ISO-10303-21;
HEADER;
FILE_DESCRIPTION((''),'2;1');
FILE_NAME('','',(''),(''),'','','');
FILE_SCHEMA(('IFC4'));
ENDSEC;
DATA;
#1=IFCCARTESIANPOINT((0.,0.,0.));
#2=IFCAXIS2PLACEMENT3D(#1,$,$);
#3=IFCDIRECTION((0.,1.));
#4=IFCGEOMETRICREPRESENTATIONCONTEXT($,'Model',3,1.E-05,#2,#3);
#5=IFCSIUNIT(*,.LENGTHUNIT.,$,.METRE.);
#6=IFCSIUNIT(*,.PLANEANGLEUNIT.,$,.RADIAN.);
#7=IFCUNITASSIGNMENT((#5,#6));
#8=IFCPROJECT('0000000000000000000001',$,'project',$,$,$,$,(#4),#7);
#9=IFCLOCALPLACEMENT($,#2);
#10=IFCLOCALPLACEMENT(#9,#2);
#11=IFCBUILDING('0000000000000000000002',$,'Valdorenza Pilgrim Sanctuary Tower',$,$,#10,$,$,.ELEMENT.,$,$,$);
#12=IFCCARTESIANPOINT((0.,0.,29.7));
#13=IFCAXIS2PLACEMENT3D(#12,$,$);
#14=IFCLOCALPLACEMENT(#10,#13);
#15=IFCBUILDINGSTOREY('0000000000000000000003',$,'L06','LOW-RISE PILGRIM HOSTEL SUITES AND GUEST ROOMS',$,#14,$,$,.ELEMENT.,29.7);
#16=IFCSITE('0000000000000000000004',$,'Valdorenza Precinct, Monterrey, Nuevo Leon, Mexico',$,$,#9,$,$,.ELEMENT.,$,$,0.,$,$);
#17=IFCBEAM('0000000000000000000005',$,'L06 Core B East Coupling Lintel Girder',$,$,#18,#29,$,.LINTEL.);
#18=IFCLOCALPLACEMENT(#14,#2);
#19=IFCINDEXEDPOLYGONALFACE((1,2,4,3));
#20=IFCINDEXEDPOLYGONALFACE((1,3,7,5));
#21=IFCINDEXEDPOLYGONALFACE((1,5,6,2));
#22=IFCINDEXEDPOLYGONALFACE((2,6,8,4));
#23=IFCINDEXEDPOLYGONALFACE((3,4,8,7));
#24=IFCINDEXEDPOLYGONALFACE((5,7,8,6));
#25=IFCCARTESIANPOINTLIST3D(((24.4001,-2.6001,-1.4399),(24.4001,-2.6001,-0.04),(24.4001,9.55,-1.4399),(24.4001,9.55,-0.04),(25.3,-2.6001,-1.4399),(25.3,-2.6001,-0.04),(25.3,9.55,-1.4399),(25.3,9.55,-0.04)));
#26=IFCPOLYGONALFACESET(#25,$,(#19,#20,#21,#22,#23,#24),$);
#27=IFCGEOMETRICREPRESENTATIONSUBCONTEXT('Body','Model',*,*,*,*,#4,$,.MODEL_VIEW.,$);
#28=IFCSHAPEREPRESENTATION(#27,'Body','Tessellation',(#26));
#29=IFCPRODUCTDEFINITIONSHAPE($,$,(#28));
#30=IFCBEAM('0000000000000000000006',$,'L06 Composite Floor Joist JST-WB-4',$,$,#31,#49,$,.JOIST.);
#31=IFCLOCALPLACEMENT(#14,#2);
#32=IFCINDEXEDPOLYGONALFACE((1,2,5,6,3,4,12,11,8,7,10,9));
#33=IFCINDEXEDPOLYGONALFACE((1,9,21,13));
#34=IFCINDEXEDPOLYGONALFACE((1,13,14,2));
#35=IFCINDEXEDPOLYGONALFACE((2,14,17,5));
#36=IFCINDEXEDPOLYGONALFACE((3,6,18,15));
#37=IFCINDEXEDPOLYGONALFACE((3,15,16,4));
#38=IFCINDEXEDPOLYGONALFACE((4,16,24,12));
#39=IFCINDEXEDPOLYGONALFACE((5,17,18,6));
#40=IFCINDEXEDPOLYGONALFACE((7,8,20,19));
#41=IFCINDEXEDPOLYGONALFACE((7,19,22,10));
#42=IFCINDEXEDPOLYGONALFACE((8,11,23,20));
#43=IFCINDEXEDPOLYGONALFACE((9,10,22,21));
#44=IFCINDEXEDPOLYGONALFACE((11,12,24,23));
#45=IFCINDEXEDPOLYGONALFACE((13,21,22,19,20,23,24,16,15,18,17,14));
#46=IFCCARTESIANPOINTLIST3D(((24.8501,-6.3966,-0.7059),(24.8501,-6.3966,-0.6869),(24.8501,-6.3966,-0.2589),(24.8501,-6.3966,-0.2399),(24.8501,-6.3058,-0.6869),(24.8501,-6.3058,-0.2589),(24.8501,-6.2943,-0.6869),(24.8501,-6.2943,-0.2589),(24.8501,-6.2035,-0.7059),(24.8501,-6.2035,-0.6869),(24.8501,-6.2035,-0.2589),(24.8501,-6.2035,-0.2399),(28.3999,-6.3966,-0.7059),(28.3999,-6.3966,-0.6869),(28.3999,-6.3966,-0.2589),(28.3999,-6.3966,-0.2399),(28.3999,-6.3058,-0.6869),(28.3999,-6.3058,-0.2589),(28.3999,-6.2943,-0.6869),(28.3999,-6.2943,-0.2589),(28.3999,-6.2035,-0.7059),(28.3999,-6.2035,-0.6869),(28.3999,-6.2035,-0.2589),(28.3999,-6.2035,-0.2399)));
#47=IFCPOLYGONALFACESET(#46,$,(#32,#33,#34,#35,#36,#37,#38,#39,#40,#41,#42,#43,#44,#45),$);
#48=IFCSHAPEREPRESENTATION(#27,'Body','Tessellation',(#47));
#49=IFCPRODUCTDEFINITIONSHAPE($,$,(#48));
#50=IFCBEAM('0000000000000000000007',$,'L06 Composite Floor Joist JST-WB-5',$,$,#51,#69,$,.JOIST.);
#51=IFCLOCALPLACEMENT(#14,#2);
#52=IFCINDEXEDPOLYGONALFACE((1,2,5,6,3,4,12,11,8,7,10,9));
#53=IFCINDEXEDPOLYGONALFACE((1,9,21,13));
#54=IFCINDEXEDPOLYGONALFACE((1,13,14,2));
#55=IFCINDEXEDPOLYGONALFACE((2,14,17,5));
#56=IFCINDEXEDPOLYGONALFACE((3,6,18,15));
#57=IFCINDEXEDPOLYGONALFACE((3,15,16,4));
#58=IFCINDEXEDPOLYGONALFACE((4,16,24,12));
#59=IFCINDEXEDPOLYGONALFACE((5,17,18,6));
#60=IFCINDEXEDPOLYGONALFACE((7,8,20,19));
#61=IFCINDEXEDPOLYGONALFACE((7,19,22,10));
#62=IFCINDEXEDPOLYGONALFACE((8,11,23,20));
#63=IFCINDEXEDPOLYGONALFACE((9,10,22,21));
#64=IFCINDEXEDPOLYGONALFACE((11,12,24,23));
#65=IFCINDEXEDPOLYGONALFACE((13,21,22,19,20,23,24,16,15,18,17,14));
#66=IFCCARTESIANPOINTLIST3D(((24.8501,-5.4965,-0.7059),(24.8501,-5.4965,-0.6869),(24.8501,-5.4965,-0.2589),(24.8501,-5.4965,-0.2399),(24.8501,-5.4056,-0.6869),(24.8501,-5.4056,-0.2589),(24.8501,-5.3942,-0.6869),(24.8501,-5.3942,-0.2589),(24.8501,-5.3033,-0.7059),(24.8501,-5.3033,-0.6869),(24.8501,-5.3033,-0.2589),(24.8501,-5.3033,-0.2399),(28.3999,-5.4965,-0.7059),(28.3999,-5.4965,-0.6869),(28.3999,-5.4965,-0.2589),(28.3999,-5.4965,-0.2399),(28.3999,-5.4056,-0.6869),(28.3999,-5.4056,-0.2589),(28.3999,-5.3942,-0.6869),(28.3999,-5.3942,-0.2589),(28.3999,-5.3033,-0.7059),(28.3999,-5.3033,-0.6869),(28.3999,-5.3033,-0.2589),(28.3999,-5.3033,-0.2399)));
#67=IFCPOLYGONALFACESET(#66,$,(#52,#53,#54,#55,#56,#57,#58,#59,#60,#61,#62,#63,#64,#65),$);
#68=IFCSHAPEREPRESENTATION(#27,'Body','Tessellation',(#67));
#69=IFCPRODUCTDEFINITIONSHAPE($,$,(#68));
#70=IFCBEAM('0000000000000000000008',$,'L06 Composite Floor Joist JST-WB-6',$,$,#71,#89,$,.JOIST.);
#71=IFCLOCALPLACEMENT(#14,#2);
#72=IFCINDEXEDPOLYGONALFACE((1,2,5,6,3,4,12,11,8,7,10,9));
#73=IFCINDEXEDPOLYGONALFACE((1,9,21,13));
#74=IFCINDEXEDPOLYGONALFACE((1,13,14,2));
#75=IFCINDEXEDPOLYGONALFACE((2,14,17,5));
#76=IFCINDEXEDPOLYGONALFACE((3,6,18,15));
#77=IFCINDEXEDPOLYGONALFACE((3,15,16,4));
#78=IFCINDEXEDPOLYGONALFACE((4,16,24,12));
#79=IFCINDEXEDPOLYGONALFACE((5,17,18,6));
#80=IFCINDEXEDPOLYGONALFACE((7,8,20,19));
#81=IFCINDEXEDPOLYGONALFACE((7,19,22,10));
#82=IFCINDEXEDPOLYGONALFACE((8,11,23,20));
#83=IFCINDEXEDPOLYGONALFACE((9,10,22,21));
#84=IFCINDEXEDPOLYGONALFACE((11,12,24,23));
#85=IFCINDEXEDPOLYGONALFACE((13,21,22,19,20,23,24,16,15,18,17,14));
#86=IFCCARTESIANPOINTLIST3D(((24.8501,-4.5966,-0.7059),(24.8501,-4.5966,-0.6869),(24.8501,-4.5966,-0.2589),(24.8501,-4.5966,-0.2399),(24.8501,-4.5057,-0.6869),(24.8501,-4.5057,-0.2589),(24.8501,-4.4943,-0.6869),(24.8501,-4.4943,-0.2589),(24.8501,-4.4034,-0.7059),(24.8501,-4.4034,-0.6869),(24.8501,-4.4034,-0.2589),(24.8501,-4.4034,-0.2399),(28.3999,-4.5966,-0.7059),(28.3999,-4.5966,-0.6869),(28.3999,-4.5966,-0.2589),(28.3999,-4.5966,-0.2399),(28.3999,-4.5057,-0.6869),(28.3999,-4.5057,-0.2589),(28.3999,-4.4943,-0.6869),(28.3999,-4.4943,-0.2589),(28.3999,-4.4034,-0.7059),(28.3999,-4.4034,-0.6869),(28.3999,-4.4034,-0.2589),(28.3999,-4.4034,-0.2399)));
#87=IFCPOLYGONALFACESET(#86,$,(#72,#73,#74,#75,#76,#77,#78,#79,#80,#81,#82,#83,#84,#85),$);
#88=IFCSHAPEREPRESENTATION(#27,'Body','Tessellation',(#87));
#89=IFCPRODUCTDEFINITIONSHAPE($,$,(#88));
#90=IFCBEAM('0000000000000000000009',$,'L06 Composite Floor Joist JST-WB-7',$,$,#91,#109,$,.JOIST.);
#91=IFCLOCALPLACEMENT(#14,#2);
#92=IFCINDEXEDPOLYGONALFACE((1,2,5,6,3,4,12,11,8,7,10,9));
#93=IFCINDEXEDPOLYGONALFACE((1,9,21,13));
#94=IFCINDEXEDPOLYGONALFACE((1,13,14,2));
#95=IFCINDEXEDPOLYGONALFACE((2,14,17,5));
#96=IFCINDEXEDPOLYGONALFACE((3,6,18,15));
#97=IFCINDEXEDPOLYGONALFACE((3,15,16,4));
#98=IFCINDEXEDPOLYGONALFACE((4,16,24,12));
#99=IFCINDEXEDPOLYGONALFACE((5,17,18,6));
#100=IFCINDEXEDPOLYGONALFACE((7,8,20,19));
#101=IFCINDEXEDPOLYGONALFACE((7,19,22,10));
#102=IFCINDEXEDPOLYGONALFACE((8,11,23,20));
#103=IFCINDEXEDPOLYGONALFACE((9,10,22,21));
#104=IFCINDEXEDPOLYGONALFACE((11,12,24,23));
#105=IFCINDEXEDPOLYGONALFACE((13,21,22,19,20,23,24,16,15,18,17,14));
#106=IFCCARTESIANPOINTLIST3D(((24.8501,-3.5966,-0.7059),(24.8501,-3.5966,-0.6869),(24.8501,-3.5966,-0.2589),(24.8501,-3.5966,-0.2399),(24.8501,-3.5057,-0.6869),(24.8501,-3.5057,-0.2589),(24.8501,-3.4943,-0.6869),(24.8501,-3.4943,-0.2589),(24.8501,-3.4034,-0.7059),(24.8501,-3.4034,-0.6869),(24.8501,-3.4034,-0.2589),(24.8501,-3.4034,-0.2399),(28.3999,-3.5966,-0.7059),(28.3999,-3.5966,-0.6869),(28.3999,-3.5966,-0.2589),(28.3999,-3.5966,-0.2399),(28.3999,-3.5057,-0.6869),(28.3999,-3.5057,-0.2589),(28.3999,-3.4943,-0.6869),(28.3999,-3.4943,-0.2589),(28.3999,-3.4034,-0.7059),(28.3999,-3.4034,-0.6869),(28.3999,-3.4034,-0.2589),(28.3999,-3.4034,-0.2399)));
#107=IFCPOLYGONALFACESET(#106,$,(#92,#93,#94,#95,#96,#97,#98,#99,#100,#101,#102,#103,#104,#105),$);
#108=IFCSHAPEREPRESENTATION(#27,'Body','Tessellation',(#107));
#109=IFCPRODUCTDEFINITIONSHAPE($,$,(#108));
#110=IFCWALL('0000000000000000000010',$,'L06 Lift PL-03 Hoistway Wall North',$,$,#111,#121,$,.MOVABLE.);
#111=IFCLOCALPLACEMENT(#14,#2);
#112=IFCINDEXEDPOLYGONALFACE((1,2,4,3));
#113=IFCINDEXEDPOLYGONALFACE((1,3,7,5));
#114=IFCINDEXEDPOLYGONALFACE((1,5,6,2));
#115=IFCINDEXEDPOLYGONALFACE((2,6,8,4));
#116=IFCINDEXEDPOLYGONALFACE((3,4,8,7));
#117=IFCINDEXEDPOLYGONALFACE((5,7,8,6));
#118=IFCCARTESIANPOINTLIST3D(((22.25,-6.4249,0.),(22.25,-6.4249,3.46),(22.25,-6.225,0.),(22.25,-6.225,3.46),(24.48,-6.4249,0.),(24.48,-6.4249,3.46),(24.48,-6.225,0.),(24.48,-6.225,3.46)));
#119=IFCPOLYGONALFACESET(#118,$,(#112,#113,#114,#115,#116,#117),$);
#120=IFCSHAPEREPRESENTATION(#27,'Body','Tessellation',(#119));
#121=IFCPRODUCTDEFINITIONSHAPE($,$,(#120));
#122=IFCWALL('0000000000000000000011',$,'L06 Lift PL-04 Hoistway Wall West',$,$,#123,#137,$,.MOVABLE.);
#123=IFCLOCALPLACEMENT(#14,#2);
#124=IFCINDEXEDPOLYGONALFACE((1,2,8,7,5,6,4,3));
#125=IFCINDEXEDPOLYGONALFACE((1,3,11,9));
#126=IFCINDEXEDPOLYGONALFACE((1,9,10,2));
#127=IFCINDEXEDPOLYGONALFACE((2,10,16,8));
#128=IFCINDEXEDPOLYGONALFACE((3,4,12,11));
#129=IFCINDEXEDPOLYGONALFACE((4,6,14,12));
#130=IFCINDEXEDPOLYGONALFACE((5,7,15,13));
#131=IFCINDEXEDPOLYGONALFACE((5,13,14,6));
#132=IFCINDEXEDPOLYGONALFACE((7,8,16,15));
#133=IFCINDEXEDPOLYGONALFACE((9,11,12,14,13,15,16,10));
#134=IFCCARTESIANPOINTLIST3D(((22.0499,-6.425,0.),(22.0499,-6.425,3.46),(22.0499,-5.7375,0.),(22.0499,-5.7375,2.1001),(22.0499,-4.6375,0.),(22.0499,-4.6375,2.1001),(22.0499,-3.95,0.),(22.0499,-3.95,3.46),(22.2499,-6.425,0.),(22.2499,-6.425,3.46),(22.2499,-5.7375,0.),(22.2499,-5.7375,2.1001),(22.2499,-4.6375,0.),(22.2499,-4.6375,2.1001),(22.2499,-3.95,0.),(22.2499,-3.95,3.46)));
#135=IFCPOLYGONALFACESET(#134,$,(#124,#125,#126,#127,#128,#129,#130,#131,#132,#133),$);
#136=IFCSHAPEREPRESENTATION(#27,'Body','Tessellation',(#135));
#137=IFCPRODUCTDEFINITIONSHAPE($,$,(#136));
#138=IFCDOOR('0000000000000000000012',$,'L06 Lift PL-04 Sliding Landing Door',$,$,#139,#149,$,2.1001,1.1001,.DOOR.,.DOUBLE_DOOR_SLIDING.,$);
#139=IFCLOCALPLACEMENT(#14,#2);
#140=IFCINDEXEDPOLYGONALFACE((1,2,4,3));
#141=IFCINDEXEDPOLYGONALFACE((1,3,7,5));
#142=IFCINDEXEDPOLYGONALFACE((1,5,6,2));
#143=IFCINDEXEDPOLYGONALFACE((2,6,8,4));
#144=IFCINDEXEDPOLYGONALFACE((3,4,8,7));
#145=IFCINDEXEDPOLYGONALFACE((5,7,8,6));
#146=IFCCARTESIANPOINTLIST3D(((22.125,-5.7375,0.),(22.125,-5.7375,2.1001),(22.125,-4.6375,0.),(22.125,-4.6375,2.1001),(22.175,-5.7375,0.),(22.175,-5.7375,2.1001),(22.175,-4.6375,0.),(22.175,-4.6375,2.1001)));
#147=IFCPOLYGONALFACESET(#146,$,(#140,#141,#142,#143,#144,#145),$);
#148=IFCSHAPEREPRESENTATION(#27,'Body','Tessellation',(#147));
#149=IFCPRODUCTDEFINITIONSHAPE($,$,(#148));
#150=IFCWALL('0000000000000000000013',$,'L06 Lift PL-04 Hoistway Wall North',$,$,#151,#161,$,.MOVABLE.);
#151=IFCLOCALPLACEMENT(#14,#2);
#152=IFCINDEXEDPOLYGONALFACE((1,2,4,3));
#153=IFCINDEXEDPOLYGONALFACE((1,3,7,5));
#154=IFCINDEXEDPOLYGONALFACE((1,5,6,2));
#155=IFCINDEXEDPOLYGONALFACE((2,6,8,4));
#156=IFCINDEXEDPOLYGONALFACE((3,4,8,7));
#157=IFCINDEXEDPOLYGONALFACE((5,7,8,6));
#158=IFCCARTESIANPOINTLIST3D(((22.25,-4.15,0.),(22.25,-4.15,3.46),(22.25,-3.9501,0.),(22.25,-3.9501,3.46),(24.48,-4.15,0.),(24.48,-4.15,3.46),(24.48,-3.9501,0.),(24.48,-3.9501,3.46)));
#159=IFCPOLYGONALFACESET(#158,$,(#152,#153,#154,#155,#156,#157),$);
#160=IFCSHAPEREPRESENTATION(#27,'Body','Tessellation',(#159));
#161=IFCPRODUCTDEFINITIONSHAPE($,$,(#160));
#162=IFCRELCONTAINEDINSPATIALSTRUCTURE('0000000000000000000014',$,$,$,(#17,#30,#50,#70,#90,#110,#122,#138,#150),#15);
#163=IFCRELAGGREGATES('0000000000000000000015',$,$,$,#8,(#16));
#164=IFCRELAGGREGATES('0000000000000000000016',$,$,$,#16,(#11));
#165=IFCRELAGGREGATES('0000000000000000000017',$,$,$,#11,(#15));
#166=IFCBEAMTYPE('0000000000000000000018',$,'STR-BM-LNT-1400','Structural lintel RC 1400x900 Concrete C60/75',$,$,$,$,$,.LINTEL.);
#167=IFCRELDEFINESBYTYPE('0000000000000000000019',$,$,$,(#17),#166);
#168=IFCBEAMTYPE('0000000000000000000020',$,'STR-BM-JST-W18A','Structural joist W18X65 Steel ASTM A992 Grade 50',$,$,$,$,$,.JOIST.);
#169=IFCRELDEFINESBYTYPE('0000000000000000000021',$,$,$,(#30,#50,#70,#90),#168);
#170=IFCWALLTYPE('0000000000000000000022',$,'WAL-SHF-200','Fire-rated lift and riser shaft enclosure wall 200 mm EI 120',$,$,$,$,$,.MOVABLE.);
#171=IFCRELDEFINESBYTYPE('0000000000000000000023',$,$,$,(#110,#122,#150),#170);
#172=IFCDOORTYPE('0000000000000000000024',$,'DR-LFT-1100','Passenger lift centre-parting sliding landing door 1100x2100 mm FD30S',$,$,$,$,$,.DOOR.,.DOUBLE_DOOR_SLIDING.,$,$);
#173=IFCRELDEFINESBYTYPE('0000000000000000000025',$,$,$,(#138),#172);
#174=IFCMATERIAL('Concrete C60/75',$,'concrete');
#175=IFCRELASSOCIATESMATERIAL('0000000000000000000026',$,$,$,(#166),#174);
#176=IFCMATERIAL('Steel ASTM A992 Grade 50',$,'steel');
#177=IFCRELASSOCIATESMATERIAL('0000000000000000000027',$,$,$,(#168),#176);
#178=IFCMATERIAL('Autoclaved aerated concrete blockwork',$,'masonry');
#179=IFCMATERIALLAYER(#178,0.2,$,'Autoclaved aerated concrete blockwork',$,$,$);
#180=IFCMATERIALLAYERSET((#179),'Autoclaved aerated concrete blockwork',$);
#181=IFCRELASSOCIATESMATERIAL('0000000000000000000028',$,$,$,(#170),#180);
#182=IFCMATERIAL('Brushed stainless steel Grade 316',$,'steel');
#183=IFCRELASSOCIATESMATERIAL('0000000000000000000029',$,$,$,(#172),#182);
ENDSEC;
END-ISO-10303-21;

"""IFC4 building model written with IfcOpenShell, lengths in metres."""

from ifc_helpers import new_model, si_unit, direction, frame, frame_2d, origin, origin_2d, place, context, subcontext, project, spatial, rectangle, i_section, extrude, source, transform, mapped, material, layer, layer_set, material_profile, profile_set, type_object, element, fill, save


model = new_model("IFC4")

# Units and contexts
model_context = context("Model", 3, precision=1e-05, world=origin(), true_north=direction((0.0, 1.0)))
body_context = subcontext(model_context, "Body", "Model", "MODEL_VIEW")
ifc_project = project(units=[si_unit("LENGTHUNIT", "METRE"), si_unit("PLANEANGLEUNIT", "RADIAN")], contexts=[model_context])

# Site, building, storey
site_placement = place(None, origin())
site = spatial("IfcSite", under=ifc_project, at=site_placement, Name="Valdorenza Precinct, Monterrey, Nuevo Leon, Mexico", CompositionType="ELEMENT", RefElevation=0.0)
building_placement = place(site_placement, origin())
building = spatial("IfcBuilding", under=site, at=building_placement, Name="Valdorenza Pilgrim Sanctuary Tower", CompositionType="ELEMENT")
storey_placement = place(building_placement, frame((0.0, 0.0, 29.7)))
storey = spatial("IfcBuildingStorey", under=building, at=storey_placement, Name="L06", Description="LOW-RISE PILGRIM HOSTEL SUITES AND GUEST ROOMS", CompositionType="ELEMENT", Elevation=29.7)

# Beams
ifc_material_1 = material(Name="Concrete C60/75", Category="concrete")
ifc_material_profile_1 = material_profile(ifc_material_1, rectangle(XDim=0.8999, YDim=1.3999, at=origin_2d()), Name="RC 1400x900")
ifc_profile_set_1 = profile_set([ifc_material_profile_1], Name="Concrete C60/75")
beam_type_1 = type_object("IfcBeamType", Name="STR-BM-LNT-1400", Description="Structural lintel RC 1400x900 Concrete C60/75", PredefinedType="LINTEL", material=ifc_profile_set_1)
shared_shape_1 = source(origin(), body_context, "Body", "SweptSolid", [
    extrude(rectangle(XDim=0.8999, YDim=1.3999, at=origin_2d()), origin(), (0.0, 0.0, 1.0), 12.1501),
])
beam_placement = place(storey_placement, frame((24.8501, -2.6001, -0.74), z_axis=(0.0, 1.0, 0.0), x_axis=(-1.0, 0.0, 0.0)))
element("IfcBeam", 1, at=beam_placement, inside=storey, type_object=beam_type_1, Name="L06 Core B East Coupling Lintel Girder", PredefinedType="LINTEL", context=body_context, shape_type="MappedRepresentation", body=[
    mapped(shared_shape_1, transform((0.0, 0.0, 0.0), x_axis=(1.0, 0.0, 0.0), y_axis=(0.0, 1.0, 0.0), z_axis=(0.0, 0.0, 1.0), scale=1.0)),
])
ifc_material_2 = material(Name="Steel ASTM A992 Grade 50", Category="steel")
ifc_material_profile_2 = material_profile(ifc_material_2, i_section(OverallWidth=0.1931, OverallDepth=0.4661, WebThickness=0.0115, FlangeThickness=0.019, at=origin_2d()), Name="W18X65")
ifc_profile_set_2 = profile_set([ifc_material_profile_2], Name="Steel ASTM A992 Grade 50")
beam_type_2 = type_object("IfcBeamType", Name="STR-BM-JST-W18A", Description="Structural joist W18X65 Steel ASTM A992 Grade 50", PredefinedType="JOIST", material=ifc_profile_set_2)
shared_shape_2 = source(origin(), body_context, "Body", "SweptSolid", [
    extrude(i_section(OverallWidth=0.1931, OverallDepth=0.4661, WebThickness=0.0115, FlangeThickness=0.019, at=origin_2d()), origin(), (0.0, 0.0, 1.0), 3.5498),
])
for number, where, z_axis, x_axis, name in (
    (2, (24.8501, -6.3, -0.4729), (1.0, 0.0, 0.0), (0.0, 1.0, 0.0), "L06 Composite Floor Joist JST-WB-4"),
    (3, (24.8501, -5.3999, -0.4729), (1.0, 0.0, 0.0), (0.0, 1.0, 0.0), "L06 Composite Floor Joist JST-WB-5"),
    (4, (24.8501, -4.5, -0.4729), (1.0, 0.0, 0.0), (0.0, 1.0, 0.0), "L06 Composite Floor Joist JST-WB-6"),
    (5, (24.8501, -3.5, -0.4729), (1.0, 0.0, 0.0), (0.0, 1.0, 0.0), "L06 Composite Floor Joist JST-WB-7"),
):
    element("IfcBeam", number, at=place(storey_placement, frame(where, z_axis=z_axis, x_axis=x_axis)), inside=storey, type_object=beam_type_2, Name=name, PredefinedType="JOIST", context=body_context, shape_type="MappedRepresentation", body=[
        mapped(shared_shape_2, transform((0.0, 0.0, 0.0), x_axis=(1.0, 0.0, 0.0), y_axis=(0.0, 1.0, 0.0), z_axis=(0.0, 0.0, 1.0), scale=1.0)),
    ])

# Wall
ifc_material_3 = material(Name="Autoclaved aerated concrete blockwork", Category="masonry")
ifc_layer_1 = layer(ifc_material_3, 0.2, Name="Autoclaved aerated concrete blockwork")
ifc_layer_set_1 = layer_set([ifc_layer_1], Name="Autoclaved aerated concrete blockwork")
wall_type_1 = type_object("IfcWallType", Name="WAL-SHF-200", Description="Fire-rated lift and riser shaft enclosure wall 200 mm EI 120", PredefinedType="MOVABLE", material=ifc_layer_set_1)
wall_1_placement = place(storey_placement, frame((22.25, -6.325, 0.0), z_axis=(0.0, 0.0, 1.0), x_axis=(1.0, 0.0, 0.0)))
element("IfcWall", 6, at=wall_1_placement, inside=storey, type_object=wall_type_1, Name="L06 Lift PL-03 Hoistway Wall North", PredefinedType="MOVABLE", context=body_context, shape_type="SweptSolid", body=[
    extrude(rectangle(XDim=2.23, YDim=0.2, at=frame_2d((1.115, 0.0))), origin(), (0.0, 0.0, 1.0), 3.46),
])

# Wall, opening, door
wall_2_placement = place(storey_placement, frame((22.1499, -6.425, 0.0), z_axis=(0.0, 0.0, 1.0), x_axis=(0.0, 1.0, 0.0)))
wall_2 = element("IfcWall", 7, at=wall_2_placement, inside=storey, type_object=wall_type_1, Name="L06 Lift PL-04 Hoistway Wall West", PredefinedType="MOVABLE", context=body_context, shape_type="SweptSolid", body=[
    extrude(rectangle(XDim=2.4751, YDim=0.2, at=frame_2d((1.2375, 0.0))), origin(), (0.0, 0.0, 1.0), 3.46),
])
opening_1_placement = place(wall_2_placement, frame((0.6875, 0.0, 0.0)))
opening_1 = element("IfcOpeningElement", 8, at=opening_1_placement, cuts=wall_2, PredefinedType="OPENING", context=body_context, shape_type="SweptSolid", body=[
    extrude(rectangle(XDim=1.1001, YDim=2.1001, at=frame_2d((0.55, 1.05))), frame((0.0, 0.1147, 0.0), z_axis=(0.0, -1.0, 0.0), x_axis=(1.0, 0.0, 0.0)), (0.0, 0.0, 1.0), 0.2297),
])
ifc_material_4 = material(Name="Brushed stainless steel Grade 316", Category="steel")
door_type_1 = type_object("IfcDoorType", Name="DR-LFT-1100", Description="Passenger lift centre-parting sliding landing door 1100x2100 mm FD30S", OperationType="DOUBLE_DOOR_SLIDING", PredefinedType="DOOR", material=ifc_material_4)
door_1_placement = place(opening_1_placement, origin())
door_1 = element("IfcDoor", 9, at=door_1_placement, inside=storey, type_object=door_type_1, Name="L06 Lift PL-04 Sliding Landing Door", OperationType="DOUBLE_DOOR_SLIDING", OverallHeight=2.1001, OverallWidth=1.1001, PredefinedType="DOOR", context=body_context, shape_type="SweptSolid", body=[
    extrude(rectangle(XDim=1.1001, YDim=2.1001, at=frame_2d((0.55, 1.05))), frame((0.0, 0.0249, 0.0), z_axis=(0.0, -1.0, 0.0), x_axis=(1.0, 0.0, 0.0)), (0.0, 0.0, 1.0), 0.05),
])
fill(opening_1, door_1)

# Wall
wall_3_placement = place(storey_placement, frame((22.25, -4.05, 0.0), z_axis=(0.0, 0.0, 1.0), x_axis=(1.0, 0.0, 0.0)))
element("IfcWall", 10, at=wall_3_placement, inside=storey, type_object=wall_type_1, Name="L06 Lift PL-04 Hoistway Wall North", PredefinedType="MOVABLE", context=body_context, shape_type="SweptSolid", body=[
    extrude(rectangle(XDim=2.23, YDim=0.2, at=frame_2d((1.115, 0.0))), origin(), (0.0, 0.0, 1.0), 3.46),
])

save(model, "model.ifc")
